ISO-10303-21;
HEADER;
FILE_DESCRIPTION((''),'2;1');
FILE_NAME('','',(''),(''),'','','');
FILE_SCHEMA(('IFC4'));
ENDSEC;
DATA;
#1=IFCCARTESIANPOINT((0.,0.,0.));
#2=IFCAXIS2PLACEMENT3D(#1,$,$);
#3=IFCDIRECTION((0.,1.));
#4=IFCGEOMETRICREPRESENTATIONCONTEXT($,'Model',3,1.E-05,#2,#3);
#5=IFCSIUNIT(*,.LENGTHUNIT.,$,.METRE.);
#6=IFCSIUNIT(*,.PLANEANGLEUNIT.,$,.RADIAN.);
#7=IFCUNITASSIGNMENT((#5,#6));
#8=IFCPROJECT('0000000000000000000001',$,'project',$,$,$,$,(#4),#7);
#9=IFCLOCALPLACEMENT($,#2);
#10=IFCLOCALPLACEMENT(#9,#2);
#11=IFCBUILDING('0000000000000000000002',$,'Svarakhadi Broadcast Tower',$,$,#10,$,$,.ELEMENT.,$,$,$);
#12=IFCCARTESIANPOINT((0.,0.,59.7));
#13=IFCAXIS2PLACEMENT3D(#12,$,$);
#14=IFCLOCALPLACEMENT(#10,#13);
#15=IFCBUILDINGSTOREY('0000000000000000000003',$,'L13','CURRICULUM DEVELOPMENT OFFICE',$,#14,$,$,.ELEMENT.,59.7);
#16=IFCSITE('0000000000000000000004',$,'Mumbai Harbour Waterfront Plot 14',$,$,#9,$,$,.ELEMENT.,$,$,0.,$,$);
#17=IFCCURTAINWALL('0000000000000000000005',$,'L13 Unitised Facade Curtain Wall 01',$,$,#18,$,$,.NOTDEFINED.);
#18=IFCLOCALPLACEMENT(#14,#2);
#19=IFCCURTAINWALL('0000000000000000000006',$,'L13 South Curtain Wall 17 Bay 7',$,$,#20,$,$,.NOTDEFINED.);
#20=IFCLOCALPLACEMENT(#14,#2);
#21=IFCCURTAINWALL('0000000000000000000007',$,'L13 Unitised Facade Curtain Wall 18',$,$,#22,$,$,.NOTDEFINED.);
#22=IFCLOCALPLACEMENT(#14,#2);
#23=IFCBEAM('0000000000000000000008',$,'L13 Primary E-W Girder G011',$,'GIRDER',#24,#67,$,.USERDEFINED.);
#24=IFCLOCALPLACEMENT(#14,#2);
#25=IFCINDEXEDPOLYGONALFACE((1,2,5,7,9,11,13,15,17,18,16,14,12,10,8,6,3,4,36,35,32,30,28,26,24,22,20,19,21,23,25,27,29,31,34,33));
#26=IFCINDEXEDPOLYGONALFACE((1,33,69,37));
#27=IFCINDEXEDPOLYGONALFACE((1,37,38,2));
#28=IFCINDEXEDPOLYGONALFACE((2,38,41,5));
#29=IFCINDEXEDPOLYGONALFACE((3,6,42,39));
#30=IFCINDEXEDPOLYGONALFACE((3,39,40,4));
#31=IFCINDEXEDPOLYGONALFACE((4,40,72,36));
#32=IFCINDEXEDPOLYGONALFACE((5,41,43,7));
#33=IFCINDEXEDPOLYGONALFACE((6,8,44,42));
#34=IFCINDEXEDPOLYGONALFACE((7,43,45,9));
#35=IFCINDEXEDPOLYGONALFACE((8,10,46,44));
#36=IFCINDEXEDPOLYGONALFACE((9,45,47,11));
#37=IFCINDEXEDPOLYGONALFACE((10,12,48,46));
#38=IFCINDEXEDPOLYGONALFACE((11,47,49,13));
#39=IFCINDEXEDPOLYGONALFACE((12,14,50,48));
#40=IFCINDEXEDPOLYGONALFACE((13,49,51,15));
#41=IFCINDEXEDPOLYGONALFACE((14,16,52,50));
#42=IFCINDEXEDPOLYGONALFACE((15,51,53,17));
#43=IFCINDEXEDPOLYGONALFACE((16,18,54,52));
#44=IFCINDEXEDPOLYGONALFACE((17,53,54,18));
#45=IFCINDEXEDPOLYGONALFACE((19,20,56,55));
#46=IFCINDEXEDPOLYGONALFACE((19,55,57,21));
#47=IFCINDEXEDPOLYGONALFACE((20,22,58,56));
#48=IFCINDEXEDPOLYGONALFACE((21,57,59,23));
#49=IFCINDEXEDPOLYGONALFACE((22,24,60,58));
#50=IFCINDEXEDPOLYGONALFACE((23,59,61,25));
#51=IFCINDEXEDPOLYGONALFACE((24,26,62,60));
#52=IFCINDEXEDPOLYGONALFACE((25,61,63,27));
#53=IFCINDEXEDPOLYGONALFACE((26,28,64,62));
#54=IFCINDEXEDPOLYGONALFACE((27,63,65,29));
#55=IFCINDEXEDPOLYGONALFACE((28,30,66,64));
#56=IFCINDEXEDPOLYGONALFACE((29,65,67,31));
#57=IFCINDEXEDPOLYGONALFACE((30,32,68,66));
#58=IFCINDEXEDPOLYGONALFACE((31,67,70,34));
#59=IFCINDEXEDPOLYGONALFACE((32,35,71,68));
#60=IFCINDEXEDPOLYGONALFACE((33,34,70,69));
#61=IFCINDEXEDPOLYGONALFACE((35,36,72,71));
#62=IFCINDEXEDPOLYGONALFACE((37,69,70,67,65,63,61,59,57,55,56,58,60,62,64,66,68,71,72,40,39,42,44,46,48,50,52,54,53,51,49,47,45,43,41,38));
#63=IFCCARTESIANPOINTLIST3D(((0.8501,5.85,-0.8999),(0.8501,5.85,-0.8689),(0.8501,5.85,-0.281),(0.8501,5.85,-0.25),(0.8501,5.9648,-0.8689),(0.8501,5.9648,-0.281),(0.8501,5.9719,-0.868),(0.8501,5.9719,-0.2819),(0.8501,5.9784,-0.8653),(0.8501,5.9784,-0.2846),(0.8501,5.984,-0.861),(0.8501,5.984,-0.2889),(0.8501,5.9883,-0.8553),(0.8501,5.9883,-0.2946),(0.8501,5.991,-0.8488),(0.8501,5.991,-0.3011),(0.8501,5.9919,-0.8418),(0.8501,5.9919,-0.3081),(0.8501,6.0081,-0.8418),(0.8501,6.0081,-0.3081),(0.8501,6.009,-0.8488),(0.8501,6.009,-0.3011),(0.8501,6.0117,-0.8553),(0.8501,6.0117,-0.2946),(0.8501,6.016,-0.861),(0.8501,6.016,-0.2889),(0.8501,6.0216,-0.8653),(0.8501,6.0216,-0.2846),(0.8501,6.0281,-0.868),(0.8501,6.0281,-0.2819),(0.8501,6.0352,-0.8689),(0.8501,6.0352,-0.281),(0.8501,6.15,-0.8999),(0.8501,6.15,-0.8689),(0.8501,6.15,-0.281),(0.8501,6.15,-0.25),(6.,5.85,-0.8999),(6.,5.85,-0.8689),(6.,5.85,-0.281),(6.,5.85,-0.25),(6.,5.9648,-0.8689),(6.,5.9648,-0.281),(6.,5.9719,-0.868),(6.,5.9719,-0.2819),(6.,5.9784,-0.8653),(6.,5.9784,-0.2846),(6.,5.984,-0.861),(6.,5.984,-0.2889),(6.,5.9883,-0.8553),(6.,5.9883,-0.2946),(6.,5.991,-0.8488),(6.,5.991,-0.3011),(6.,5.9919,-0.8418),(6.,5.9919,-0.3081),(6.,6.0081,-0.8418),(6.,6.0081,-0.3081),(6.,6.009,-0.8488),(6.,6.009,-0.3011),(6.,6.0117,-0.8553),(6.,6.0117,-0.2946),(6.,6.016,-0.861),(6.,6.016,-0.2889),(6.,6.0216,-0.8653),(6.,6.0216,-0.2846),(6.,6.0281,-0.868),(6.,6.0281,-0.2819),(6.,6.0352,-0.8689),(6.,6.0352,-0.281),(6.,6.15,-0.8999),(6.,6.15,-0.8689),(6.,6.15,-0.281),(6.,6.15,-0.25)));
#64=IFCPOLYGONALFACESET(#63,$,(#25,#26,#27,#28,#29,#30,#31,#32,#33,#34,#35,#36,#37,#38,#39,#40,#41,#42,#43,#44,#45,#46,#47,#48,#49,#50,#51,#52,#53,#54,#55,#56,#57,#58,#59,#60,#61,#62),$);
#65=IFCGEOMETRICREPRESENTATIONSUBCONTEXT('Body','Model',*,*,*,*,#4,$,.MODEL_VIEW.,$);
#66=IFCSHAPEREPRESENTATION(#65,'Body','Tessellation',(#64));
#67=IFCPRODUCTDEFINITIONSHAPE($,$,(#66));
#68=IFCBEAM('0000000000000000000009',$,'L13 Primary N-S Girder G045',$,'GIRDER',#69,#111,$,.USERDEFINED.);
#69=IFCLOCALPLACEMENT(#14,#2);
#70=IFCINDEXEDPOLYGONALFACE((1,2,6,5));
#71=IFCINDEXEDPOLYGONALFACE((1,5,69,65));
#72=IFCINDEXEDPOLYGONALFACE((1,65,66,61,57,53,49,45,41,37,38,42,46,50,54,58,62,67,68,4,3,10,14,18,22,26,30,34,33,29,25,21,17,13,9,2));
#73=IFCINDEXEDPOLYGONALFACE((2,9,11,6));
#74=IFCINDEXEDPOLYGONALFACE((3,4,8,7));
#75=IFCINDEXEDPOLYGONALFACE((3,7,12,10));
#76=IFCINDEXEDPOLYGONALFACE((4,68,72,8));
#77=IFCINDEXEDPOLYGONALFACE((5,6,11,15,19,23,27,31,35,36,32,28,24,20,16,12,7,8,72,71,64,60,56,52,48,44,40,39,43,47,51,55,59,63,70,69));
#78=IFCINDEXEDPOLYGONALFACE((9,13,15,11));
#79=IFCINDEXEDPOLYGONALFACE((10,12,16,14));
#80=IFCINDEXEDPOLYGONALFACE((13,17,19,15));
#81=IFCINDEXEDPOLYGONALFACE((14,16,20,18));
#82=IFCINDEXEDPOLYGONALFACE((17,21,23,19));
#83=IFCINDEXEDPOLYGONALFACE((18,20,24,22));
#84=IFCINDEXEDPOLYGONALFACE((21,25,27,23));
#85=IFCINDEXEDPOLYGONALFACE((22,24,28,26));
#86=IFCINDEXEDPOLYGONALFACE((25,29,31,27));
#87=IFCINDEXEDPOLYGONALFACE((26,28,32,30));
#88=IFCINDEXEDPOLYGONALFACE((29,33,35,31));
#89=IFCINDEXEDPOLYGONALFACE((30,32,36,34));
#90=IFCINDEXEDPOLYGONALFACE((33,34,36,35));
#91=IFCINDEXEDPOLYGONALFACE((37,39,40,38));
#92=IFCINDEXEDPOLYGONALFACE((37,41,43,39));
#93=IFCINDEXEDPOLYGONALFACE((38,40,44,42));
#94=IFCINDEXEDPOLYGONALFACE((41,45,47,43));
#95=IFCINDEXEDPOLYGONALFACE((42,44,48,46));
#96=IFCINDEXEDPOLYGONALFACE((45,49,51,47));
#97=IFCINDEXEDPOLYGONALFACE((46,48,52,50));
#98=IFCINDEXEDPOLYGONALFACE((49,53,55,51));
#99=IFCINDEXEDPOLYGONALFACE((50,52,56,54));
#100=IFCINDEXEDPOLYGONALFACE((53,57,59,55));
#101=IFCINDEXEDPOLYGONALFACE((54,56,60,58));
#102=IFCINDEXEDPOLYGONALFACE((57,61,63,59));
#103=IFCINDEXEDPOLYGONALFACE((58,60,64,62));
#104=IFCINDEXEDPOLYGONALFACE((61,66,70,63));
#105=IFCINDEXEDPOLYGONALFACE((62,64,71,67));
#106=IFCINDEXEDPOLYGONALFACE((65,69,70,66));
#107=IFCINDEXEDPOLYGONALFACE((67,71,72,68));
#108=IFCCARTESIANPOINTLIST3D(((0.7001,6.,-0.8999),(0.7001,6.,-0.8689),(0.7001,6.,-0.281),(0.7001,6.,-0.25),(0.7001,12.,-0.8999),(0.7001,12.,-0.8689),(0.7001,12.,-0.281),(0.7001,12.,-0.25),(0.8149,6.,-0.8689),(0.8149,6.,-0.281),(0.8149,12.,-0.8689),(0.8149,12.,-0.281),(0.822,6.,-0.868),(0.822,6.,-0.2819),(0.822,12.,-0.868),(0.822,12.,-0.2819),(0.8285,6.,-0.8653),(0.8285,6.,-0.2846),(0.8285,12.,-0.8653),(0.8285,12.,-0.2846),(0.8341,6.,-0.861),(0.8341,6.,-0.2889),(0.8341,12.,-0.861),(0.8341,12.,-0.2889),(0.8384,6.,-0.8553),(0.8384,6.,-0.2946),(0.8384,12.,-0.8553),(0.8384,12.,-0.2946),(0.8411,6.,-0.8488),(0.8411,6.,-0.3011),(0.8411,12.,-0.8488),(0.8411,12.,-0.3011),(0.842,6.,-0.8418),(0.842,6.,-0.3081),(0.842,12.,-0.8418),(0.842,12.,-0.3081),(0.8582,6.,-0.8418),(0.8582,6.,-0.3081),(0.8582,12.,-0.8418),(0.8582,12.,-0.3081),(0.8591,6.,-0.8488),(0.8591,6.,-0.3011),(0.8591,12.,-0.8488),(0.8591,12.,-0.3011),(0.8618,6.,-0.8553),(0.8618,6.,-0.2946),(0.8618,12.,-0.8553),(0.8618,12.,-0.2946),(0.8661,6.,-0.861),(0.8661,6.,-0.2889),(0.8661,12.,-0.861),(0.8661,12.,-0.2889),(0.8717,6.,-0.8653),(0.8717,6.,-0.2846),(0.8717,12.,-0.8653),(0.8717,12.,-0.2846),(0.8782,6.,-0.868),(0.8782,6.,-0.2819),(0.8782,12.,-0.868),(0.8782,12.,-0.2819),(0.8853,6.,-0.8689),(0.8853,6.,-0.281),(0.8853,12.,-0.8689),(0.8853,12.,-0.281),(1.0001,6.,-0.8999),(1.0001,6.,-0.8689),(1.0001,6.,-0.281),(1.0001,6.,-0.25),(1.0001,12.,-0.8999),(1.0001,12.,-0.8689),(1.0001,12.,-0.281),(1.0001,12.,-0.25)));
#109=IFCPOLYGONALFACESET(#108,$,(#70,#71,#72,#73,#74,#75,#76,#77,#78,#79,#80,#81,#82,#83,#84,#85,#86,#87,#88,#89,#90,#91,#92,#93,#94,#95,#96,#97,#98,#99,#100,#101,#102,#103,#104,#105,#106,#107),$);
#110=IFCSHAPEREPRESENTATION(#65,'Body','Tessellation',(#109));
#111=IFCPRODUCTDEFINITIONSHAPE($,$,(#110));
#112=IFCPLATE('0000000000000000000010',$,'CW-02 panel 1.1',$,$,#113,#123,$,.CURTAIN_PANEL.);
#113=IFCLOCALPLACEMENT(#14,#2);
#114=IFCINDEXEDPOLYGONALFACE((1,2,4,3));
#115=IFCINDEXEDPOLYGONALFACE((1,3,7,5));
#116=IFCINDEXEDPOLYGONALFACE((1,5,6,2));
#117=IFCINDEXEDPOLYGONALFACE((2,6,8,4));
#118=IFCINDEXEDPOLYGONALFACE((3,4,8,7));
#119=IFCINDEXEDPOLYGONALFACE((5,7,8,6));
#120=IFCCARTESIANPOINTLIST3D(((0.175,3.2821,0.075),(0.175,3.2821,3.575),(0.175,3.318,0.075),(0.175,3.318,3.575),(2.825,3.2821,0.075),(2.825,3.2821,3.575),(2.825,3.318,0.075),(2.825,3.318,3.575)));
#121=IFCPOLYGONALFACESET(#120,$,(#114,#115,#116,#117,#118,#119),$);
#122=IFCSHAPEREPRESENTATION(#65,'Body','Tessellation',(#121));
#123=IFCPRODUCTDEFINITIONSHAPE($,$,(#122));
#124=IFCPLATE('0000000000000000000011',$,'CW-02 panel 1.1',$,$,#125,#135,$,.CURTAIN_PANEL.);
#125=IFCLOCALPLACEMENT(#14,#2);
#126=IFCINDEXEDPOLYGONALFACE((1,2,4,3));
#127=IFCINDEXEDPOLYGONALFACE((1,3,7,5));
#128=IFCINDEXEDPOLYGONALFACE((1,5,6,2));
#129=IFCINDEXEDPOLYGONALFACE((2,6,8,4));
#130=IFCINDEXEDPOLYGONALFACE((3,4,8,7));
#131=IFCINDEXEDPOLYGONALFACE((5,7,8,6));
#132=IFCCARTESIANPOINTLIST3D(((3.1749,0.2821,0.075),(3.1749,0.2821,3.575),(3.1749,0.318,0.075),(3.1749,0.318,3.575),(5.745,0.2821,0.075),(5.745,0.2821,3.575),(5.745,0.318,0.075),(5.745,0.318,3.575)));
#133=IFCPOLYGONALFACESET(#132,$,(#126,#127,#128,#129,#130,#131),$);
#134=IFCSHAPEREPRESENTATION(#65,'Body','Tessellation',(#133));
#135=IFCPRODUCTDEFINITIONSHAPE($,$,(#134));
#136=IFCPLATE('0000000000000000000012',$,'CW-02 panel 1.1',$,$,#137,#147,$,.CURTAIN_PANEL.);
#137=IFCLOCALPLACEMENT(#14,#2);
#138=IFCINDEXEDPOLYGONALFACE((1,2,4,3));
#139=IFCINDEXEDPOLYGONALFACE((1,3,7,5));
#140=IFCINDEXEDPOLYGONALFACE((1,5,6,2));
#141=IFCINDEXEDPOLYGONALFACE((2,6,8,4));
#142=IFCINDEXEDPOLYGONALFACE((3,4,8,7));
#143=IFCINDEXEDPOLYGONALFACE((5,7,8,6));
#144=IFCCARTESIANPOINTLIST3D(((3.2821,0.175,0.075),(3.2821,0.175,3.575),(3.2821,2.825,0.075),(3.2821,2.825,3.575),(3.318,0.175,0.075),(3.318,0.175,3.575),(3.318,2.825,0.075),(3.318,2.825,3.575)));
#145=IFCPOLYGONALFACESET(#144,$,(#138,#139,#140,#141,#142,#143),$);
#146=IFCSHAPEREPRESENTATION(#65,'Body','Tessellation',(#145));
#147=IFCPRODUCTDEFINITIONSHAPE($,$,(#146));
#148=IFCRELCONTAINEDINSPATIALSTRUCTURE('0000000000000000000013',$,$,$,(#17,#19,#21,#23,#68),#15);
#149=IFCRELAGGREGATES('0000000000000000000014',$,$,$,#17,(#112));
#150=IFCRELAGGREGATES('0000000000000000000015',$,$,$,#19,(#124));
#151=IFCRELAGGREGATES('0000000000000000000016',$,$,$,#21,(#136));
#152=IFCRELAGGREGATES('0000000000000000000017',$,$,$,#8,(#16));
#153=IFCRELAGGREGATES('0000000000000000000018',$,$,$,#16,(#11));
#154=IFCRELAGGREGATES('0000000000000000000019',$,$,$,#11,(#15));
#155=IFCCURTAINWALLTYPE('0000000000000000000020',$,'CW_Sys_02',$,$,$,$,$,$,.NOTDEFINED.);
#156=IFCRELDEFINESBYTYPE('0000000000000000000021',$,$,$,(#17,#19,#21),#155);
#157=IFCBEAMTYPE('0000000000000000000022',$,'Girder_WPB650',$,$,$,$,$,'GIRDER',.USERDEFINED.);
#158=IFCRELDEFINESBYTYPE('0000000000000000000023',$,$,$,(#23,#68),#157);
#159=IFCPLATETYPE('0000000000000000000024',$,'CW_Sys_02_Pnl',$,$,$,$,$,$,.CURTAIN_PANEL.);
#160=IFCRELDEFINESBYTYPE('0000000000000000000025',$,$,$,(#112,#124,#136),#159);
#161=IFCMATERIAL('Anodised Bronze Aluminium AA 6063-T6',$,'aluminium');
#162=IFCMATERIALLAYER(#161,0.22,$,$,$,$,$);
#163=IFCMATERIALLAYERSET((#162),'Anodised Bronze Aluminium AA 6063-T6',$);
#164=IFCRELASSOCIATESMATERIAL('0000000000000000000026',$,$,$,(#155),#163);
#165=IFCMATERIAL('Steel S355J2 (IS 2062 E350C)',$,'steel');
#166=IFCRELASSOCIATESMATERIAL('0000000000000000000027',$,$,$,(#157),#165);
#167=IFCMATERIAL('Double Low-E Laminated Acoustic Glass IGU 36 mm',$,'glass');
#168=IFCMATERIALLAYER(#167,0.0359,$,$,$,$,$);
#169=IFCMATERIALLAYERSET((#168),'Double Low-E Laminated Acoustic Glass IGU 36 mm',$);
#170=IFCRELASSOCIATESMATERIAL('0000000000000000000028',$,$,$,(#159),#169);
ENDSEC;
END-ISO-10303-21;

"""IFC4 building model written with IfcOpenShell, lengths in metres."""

from ifc_helpers import new_model, si_unit, direction, frame, origin, origin_2d, place, context, subcontext, project, spatial, rectangle, i_section, extrude, material, layer, layer_set, material_profile, profile_set, type_object, element, aggregate, save


model = new_model("IFC4")

# Units and contexts
model_context = context("Model", 3, precision=1e-05, world=origin(), true_north=direction((0.0, 1.0)))
body_context = subcontext(model_context, "Body", "Model", "MODEL_VIEW")
ifc_project = project(units=[si_unit("LENGTHUNIT", "METRE"), si_unit("PLANEANGLEUNIT", "RADIAN")], contexts=[model_context])

# Site, building, storey
site_placement = place(None, origin())
site = spatial("IfcSite", under=ifc_project, at=site_placement, Name="Mumbai Harbour Waterfront Plot 14", CompositionType="ELEMENT", RefElevation=0.0)
building_placement = place(site_placement, origin())
building = spatial("IfcBuilding", under=site, at=building_placement, Name="Svarakhadi Broadcast Tower", CompositionType="ELEMENT")
storey_placement = place(building_placement, frame((0.0, 0.0, 59.7)))
storey = spatial("IfcBuildingStorey", under=building, at=storey_placement, Name="L13", Description="CURRICULUM DEVELOPMENT OFFICE", CompositionType="ELEMENT", Elevation=59.7)

# Curtain wall
ifc_material_1 = material(Name="Anodised Bronze Aluminium AA 6063-T6", Category="aluminium")
ifc_layer_1 = layer(ifc_material_1, 0.22)
ifc_layer_set_1 = layer_set([ifc_layer_1], Name="Anodised Bronze Aluminium AA 6063-T6")
curtain_wall_type = type_object("IfcCurtainWallType", Name="CW_Sys_02", PredefinedType="NOTDEFINED", material=ifc_layer_set_1)
curtain_wall_1_placement = place(storey_placement, origin())
curtain_wall_1 = element("IfcCurtainWall", 1, at=curtain_wall_1_placement, inside=storey, type_object=curtain_wall_type, Name="L13 Unitised Facade Curtain Wall 01", PredefinedType="NOTDEFINED")

# Curtain walls
curtain_wall_2_placement = place(storey_placement, origin())
curtain_wall_2 = element("IfcCurtainWall", 2, at=curtain_wall_2_placement, inside=storey, type_object=curtain_wall_type, Name="L13 South Curtain Wall 17 Bay 7", PredefinedType="NOTDEFINED")
curtain_wall_3_placement = place(storey_placement, origin())
curtain_wall_3 = element("IfcCurtainWall", 3, at=curtain_wall_3_placement, inside=storey, type_object=curtain_wall_type, Name="L13 Unitised Facade Curtain Wall 18", PredefinedType="NOTDEFINED")

# Beams
ifc_material_2 = material(Name="Steel S355J2 (IS 2062 E350C)", Category="steel")
ifc_material_profile_1 = material_profile(ifc_material_2, i_section(OverallWidth=0.3, OverallDepth=0.6499, WebThickness=0.0161, FlangeThickness=0.031, FilletRadius=0.0271, at=origin_2d()), Name="WPB 650x300x225")
ifc_profile_set_1 = profile_set([ifc_material_profile_1], Name="Steel S355J2 (IS 2062 E350C)")
beam_type = type_object("IfcBeamType", Name="Girder_WPB650", ElementType="GIRDER", PredefinedType="USERDEFINED", material=ifc_profile_set_1)
beam_1_placement = place(storey_placement, frame((0.8501, 6.0, -0.575), z_axis=(1.0, 0.0, 0.0), x_axis=(0.0, 1.0, 0.0)))
element("IfcBeam", 4, at=beam_1_placement, inside=storey, type_object=beam_type, Name="L13 Primary E-W Girder G011", ObjectType="GIRDER", PredefinedType="USERDEFINED", context=body_context, shape_type="SweptSolid", body=[
    extrude(i_section(OverallWidth=0.3, OverallDepth=0.6499, WebThickness=0.0161, FlangeThickness=0.031, FilletRadius=0.0271, at=origin_2d()), origin(), (0.0, 0.0, 1.0), 5.1499),
])
beam_2_placement = place(storey_placement, frame((0.8501, 6.0, -0.575), z_axis=(0.0, 1.0, 0.0), x_axis=(-1.0, 0.0, 0.0)))
element("IfcBeam", 5, at=beam_2_placement, inside=storey, type_object=beam_type, Name="L13 Primary N-S Girder G045", ObjectType="GIRDER", PredefinedType="USERDEFINED", context=body_context, shape_type="SweptSolid", body=[
    extrude(i_section(OverallWidth=0.3, OverallDepth=0.6499, WebThickness=0.0161, FlangeThickness=0.031, FilletRadius=0.0271, at=origin_2d()), origin(), (0.0, 0.0, 1.0), 6.0),
])

# Plates
ifc_material_3 = material(Name="Double Low-E Laminated Acoustic Glass IGU 36 mm", Category="glass")
ifc_layer_2 = layer(ifc_material_3, 0.0359)
ifc_layer_set_2 = layer_set([ifc_layer_2], Name="Double Low-E Laminated Acoustic Glass IGU 36 mm")
plate_type = type_object("IfcPlateType", Name="CW_Sys_02_Pnl", PredefinedType="CURTAIN_PANEL", material=ifc_layer_set_2)
plate_1_placement = place(storey_placement, frame((1.5, 3.3, 0.075), z_axis=(0.0, 0.0, 1.0), x_axis=(-1.0, 0.0, 0.0)))
plate_1 = element("IfcPlate", 6, at=plate_1_placement, type_object=plate_type, Name="CW-02 panel 1.1", PredefinedType="CURTAIN_PANEL", context=body_context, shape_type="SweptSolid", body=[
    extrude(rectangle(XDim=2.6499, YDim=0.0359, at=origin_2d()), origin(), (0.0, 0.0, 1.0), 3.5),
])
aggregate(curtain_wall_1, [plate_1])
plate_2_placement = place(storey_placement, frame((4.46, 0.3, 0.075), z_axis=(0.0, 0.0, 1.0), x_axis=(-1.0, 0.0, 0.0)))
plate_2 = element("IfcPlate", 7, at=plate_2_placement, type_object=plate_type, Name="CW-02 panel 1.1", PredefinedType="CURTAIN_PANEL", context=body_context, shape_type="SweptSolid", body=[
    extrude(rectangle(XDim=2.5701, YDim=0.0359, at=origin_2d()), origin(), (0.0, 0.0, 1.0), 3.5),
])
aggregate(curtain_wall_2, [plate_2])
plate_3_placement = place(storey_placement, frame((3.3, 1.5, 0.075), z_axis=(0.0, 0.0, 1.0), x_axis=(0.0, 1.0, 0.0)))
plate_3 = element("IfcPlate", 8, at=plate_3_placement, type_object=plate_type, Name="CW-02 panel 1.1", PredefinedType="CURTAIN_PANEL", context=body_context, shape_type="SweptSolid", body=[
    extrude(rectangle(XDim=2.6499, YDim=0.0359, at=origin_2d()), origin(), (0.0, 0.0, 1.0), 3.5),
])
aggregate(curtain_wall_3, [plate_3])

save(model, "model.ifc")
